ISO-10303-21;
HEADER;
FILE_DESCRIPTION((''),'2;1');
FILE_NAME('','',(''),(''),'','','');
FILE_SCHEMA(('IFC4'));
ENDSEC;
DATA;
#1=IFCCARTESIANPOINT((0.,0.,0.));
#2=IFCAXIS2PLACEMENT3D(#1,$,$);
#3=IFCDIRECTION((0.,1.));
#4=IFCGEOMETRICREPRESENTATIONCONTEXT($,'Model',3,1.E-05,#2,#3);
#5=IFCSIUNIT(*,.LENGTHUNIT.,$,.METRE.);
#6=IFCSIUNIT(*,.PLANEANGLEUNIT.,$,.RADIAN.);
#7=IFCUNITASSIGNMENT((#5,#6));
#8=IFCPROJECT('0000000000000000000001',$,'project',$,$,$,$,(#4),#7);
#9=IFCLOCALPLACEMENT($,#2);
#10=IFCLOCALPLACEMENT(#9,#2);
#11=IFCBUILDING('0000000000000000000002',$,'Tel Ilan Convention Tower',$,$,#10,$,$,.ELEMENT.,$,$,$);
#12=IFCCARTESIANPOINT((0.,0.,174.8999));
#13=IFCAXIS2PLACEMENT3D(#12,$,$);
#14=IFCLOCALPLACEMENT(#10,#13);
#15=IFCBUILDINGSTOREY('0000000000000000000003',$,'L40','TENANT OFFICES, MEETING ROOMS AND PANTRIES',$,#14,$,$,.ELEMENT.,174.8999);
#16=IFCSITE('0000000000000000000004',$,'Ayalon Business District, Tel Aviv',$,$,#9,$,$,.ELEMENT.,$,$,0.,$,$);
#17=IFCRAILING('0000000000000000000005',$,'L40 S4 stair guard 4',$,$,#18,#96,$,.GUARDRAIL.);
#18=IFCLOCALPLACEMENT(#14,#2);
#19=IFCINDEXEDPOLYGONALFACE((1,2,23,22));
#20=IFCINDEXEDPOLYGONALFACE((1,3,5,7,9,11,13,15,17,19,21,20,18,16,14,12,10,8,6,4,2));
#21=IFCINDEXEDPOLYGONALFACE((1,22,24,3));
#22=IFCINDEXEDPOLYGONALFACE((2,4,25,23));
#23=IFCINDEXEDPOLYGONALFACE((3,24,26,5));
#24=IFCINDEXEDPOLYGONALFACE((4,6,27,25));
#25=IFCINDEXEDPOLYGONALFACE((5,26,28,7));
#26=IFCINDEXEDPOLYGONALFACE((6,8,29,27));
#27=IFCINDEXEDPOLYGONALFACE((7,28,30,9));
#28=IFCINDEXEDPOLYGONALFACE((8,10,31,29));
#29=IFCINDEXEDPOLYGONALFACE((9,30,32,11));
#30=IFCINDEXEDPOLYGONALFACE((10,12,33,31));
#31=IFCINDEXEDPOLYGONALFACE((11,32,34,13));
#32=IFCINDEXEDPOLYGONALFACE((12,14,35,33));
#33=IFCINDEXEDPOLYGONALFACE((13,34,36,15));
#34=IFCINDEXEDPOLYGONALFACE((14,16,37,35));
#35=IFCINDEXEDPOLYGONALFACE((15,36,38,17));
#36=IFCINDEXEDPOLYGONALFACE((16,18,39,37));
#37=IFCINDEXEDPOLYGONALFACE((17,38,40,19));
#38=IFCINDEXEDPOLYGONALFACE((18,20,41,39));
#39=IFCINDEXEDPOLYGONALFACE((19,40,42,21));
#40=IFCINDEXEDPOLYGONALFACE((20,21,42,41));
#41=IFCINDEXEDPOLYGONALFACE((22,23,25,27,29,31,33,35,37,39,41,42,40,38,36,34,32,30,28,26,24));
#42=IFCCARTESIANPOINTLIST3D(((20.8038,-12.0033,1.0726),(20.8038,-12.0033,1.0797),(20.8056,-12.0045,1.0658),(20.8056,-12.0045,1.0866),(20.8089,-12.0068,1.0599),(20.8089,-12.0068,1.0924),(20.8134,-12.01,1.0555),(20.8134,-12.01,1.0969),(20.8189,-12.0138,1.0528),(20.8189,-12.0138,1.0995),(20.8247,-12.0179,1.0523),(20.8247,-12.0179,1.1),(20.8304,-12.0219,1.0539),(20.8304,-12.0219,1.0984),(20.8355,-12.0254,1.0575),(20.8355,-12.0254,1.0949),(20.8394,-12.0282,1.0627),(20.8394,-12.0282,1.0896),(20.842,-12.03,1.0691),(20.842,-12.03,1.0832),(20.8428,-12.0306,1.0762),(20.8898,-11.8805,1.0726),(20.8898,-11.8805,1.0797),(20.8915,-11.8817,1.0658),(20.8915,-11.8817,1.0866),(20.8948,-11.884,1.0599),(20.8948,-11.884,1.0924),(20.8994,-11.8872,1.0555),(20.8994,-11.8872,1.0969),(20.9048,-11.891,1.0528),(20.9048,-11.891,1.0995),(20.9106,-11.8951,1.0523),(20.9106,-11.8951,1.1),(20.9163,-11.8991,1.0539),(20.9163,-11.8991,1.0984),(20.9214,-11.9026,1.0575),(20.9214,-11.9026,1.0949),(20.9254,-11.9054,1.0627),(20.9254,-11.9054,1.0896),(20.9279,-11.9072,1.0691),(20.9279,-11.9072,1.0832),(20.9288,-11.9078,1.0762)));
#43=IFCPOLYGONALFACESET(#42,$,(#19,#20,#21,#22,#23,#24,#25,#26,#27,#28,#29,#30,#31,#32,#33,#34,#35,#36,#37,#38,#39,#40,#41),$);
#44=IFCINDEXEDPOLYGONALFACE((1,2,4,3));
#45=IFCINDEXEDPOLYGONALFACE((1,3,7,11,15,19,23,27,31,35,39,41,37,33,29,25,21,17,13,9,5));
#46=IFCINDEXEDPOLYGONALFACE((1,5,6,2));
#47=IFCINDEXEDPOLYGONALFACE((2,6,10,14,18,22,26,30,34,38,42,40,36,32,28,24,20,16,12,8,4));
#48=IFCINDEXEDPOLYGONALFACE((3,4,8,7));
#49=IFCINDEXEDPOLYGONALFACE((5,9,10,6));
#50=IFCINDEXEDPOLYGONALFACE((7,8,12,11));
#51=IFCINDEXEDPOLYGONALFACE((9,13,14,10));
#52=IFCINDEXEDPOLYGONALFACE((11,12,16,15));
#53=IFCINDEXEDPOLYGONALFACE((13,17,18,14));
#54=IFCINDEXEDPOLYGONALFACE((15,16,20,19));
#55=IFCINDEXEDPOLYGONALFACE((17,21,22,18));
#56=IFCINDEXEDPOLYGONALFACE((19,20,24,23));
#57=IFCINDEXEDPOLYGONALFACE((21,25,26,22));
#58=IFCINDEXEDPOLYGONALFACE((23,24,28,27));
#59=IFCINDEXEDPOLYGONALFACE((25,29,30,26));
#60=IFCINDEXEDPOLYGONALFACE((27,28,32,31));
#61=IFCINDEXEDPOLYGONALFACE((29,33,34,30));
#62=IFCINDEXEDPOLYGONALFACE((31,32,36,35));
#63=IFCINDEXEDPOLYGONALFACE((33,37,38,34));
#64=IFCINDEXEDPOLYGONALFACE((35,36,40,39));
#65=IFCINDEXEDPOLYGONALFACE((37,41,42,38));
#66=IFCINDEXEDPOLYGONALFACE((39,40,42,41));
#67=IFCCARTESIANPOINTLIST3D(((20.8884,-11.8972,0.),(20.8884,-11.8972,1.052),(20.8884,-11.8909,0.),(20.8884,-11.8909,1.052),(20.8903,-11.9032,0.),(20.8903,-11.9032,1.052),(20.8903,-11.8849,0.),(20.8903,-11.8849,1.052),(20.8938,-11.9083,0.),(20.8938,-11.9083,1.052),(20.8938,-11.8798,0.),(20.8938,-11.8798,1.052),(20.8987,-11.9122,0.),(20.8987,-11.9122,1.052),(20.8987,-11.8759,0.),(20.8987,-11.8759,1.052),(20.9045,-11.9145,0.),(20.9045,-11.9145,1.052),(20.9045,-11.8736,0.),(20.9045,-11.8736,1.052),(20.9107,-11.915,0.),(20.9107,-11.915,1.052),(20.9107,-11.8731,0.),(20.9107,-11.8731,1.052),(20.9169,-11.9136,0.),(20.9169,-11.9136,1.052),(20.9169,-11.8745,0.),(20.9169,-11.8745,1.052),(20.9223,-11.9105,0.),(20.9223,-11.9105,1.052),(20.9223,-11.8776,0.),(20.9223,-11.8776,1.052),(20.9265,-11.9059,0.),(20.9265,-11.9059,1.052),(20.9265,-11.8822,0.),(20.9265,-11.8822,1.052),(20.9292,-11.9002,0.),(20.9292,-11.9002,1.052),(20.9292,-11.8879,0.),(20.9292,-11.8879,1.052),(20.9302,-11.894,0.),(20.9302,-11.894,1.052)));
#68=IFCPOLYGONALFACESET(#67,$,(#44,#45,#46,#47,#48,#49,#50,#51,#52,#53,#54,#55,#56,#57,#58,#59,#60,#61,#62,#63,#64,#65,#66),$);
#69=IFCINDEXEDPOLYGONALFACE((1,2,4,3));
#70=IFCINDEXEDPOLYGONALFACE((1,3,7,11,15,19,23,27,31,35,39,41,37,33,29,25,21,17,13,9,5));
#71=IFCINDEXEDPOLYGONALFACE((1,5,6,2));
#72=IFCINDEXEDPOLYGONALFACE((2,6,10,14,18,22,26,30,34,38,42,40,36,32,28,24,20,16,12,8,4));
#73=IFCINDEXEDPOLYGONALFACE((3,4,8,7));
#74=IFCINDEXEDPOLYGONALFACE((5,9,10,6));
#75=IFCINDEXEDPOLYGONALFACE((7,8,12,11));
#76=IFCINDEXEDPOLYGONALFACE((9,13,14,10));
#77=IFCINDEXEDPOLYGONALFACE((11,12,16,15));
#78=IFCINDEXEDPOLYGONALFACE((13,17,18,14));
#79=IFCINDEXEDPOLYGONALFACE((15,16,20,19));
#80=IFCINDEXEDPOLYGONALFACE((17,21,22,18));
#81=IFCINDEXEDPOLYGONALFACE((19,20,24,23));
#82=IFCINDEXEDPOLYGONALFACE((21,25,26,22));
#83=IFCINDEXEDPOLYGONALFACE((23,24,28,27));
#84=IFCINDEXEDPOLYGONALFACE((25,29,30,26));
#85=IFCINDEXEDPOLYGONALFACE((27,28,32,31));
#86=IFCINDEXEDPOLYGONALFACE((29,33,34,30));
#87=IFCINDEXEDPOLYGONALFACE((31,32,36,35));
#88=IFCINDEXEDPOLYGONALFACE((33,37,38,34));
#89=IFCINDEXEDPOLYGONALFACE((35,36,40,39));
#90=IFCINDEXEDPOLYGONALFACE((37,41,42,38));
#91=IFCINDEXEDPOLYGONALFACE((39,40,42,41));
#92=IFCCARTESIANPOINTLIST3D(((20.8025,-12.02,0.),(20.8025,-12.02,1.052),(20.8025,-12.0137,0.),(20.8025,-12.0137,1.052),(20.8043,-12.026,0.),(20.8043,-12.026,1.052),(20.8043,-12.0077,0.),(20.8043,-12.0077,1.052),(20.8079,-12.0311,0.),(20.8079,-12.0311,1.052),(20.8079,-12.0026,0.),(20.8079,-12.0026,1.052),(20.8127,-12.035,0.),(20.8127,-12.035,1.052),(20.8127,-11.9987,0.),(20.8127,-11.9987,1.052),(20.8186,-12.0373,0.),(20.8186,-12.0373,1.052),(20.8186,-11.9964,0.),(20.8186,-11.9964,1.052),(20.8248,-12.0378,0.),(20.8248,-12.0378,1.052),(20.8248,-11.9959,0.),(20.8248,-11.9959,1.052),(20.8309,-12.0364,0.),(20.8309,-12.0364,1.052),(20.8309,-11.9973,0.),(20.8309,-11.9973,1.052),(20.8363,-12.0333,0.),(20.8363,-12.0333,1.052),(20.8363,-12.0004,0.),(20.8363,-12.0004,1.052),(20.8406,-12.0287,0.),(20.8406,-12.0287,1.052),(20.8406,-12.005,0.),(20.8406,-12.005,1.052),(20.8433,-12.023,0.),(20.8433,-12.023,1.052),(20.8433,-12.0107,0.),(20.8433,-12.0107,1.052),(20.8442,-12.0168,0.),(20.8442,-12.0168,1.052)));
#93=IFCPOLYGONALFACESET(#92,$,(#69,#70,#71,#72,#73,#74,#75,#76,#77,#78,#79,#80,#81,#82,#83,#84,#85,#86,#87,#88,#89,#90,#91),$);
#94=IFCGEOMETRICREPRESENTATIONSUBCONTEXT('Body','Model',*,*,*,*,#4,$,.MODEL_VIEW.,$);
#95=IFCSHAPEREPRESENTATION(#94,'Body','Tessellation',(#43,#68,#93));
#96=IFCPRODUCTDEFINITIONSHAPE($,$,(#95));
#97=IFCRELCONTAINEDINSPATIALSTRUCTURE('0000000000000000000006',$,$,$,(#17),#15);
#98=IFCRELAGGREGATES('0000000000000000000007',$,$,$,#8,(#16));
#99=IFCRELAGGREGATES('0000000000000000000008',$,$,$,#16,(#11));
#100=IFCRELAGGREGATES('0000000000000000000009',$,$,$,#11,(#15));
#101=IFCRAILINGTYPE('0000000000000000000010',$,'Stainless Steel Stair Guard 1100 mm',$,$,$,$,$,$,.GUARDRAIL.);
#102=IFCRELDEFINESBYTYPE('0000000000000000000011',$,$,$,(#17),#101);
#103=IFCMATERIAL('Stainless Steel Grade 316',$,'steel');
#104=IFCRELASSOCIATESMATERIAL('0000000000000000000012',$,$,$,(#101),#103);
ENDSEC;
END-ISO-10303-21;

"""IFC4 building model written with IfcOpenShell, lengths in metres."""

from ifc_helpers import new_model, si_unit, direction, frame, origin, origin_2d, place, context, subcontext, project, spatial, circle, extrude, material, type_object, element, save


model = new_model("IFC4")

# Units and contexts
model_context = context("Model", 3, precision=1e-05, world=origin(), true_north=direction((0.0, 1.0)))
body_context = subcontext(model_context, "Body", "Model", "MODEL_VIEW")
ifc_project = project(units=[si_unit("LENGTHUNIT", "METRE"), si_unit("PLANEANGLEUNIT", "RADIAN")], contexts=[model_context])

# Site, building, storey
site_placement = place(None, origin())
site = spatial("IfcSite", under=ifc_project, at=site_placement, Name="Ayalon Business District, Tel Aviv", CompositionType="ELEMENT", RefElevation=0.0)
building_placement = place(site_placement, origin())
building = spatial("IfcBuilding", under=site, at=building_placement, Name="Tel Ilan Convention Tower", CompositionType="ELEMENT")
storey_placement = place(building_placement, frame((0.0, 0.0, 174.8999)))
storey = spatial("IfcBuildingStorey", under=building, at=storey_placement, Name="L40", Description="TENANT OFFICES, MEETING ROOMS AND PANTRIES", CompositionType="ELEMENT", Elevation=174.8999)

# Railing
ifc_material_1 = material(Name="Stainless Steel Grade 316", Category="steel")
railing_type_1 = type_object("IfcRailingType", Name="Stainless Steel Stair Guard 1100 mm", PredefinedType="GUARDRAIL", material=ifc_material_1)
railing_1_placement = place(storey_placement, frame((20.9092, -11.894, 0.0)))
element("IfcRailing", 1, at=railing_1_placement, inside=storey, type_object=railing_type_1, Name="L40 S4 stair guard 4", PredefinedType="GUARDRAIL", context=body_context, shape_type="SweptSolid", body=[
    extrude(circle(Radius=0.0239, at=origin_2d()), frame((0.0, 0.0, 1.0762), z_axis=(-0.573353, -0.819308, 0.0), x_axis=(0.819308, -0.573353, 0.0)), (0.0, 0.0, 1.0), 0.1499),
    extrude(circle(Radius=0.021, at=origin_2d()), origin(), (0.0, 0.0, 1.0), 1.052),
    extrude(circle(Radius=0.021, at=origin_2d()), frame((-0.0859, -0.1228, 0.0)), (0.0, 0.0, 1.0), 1.052),
])

save(model, "model.ifc")
